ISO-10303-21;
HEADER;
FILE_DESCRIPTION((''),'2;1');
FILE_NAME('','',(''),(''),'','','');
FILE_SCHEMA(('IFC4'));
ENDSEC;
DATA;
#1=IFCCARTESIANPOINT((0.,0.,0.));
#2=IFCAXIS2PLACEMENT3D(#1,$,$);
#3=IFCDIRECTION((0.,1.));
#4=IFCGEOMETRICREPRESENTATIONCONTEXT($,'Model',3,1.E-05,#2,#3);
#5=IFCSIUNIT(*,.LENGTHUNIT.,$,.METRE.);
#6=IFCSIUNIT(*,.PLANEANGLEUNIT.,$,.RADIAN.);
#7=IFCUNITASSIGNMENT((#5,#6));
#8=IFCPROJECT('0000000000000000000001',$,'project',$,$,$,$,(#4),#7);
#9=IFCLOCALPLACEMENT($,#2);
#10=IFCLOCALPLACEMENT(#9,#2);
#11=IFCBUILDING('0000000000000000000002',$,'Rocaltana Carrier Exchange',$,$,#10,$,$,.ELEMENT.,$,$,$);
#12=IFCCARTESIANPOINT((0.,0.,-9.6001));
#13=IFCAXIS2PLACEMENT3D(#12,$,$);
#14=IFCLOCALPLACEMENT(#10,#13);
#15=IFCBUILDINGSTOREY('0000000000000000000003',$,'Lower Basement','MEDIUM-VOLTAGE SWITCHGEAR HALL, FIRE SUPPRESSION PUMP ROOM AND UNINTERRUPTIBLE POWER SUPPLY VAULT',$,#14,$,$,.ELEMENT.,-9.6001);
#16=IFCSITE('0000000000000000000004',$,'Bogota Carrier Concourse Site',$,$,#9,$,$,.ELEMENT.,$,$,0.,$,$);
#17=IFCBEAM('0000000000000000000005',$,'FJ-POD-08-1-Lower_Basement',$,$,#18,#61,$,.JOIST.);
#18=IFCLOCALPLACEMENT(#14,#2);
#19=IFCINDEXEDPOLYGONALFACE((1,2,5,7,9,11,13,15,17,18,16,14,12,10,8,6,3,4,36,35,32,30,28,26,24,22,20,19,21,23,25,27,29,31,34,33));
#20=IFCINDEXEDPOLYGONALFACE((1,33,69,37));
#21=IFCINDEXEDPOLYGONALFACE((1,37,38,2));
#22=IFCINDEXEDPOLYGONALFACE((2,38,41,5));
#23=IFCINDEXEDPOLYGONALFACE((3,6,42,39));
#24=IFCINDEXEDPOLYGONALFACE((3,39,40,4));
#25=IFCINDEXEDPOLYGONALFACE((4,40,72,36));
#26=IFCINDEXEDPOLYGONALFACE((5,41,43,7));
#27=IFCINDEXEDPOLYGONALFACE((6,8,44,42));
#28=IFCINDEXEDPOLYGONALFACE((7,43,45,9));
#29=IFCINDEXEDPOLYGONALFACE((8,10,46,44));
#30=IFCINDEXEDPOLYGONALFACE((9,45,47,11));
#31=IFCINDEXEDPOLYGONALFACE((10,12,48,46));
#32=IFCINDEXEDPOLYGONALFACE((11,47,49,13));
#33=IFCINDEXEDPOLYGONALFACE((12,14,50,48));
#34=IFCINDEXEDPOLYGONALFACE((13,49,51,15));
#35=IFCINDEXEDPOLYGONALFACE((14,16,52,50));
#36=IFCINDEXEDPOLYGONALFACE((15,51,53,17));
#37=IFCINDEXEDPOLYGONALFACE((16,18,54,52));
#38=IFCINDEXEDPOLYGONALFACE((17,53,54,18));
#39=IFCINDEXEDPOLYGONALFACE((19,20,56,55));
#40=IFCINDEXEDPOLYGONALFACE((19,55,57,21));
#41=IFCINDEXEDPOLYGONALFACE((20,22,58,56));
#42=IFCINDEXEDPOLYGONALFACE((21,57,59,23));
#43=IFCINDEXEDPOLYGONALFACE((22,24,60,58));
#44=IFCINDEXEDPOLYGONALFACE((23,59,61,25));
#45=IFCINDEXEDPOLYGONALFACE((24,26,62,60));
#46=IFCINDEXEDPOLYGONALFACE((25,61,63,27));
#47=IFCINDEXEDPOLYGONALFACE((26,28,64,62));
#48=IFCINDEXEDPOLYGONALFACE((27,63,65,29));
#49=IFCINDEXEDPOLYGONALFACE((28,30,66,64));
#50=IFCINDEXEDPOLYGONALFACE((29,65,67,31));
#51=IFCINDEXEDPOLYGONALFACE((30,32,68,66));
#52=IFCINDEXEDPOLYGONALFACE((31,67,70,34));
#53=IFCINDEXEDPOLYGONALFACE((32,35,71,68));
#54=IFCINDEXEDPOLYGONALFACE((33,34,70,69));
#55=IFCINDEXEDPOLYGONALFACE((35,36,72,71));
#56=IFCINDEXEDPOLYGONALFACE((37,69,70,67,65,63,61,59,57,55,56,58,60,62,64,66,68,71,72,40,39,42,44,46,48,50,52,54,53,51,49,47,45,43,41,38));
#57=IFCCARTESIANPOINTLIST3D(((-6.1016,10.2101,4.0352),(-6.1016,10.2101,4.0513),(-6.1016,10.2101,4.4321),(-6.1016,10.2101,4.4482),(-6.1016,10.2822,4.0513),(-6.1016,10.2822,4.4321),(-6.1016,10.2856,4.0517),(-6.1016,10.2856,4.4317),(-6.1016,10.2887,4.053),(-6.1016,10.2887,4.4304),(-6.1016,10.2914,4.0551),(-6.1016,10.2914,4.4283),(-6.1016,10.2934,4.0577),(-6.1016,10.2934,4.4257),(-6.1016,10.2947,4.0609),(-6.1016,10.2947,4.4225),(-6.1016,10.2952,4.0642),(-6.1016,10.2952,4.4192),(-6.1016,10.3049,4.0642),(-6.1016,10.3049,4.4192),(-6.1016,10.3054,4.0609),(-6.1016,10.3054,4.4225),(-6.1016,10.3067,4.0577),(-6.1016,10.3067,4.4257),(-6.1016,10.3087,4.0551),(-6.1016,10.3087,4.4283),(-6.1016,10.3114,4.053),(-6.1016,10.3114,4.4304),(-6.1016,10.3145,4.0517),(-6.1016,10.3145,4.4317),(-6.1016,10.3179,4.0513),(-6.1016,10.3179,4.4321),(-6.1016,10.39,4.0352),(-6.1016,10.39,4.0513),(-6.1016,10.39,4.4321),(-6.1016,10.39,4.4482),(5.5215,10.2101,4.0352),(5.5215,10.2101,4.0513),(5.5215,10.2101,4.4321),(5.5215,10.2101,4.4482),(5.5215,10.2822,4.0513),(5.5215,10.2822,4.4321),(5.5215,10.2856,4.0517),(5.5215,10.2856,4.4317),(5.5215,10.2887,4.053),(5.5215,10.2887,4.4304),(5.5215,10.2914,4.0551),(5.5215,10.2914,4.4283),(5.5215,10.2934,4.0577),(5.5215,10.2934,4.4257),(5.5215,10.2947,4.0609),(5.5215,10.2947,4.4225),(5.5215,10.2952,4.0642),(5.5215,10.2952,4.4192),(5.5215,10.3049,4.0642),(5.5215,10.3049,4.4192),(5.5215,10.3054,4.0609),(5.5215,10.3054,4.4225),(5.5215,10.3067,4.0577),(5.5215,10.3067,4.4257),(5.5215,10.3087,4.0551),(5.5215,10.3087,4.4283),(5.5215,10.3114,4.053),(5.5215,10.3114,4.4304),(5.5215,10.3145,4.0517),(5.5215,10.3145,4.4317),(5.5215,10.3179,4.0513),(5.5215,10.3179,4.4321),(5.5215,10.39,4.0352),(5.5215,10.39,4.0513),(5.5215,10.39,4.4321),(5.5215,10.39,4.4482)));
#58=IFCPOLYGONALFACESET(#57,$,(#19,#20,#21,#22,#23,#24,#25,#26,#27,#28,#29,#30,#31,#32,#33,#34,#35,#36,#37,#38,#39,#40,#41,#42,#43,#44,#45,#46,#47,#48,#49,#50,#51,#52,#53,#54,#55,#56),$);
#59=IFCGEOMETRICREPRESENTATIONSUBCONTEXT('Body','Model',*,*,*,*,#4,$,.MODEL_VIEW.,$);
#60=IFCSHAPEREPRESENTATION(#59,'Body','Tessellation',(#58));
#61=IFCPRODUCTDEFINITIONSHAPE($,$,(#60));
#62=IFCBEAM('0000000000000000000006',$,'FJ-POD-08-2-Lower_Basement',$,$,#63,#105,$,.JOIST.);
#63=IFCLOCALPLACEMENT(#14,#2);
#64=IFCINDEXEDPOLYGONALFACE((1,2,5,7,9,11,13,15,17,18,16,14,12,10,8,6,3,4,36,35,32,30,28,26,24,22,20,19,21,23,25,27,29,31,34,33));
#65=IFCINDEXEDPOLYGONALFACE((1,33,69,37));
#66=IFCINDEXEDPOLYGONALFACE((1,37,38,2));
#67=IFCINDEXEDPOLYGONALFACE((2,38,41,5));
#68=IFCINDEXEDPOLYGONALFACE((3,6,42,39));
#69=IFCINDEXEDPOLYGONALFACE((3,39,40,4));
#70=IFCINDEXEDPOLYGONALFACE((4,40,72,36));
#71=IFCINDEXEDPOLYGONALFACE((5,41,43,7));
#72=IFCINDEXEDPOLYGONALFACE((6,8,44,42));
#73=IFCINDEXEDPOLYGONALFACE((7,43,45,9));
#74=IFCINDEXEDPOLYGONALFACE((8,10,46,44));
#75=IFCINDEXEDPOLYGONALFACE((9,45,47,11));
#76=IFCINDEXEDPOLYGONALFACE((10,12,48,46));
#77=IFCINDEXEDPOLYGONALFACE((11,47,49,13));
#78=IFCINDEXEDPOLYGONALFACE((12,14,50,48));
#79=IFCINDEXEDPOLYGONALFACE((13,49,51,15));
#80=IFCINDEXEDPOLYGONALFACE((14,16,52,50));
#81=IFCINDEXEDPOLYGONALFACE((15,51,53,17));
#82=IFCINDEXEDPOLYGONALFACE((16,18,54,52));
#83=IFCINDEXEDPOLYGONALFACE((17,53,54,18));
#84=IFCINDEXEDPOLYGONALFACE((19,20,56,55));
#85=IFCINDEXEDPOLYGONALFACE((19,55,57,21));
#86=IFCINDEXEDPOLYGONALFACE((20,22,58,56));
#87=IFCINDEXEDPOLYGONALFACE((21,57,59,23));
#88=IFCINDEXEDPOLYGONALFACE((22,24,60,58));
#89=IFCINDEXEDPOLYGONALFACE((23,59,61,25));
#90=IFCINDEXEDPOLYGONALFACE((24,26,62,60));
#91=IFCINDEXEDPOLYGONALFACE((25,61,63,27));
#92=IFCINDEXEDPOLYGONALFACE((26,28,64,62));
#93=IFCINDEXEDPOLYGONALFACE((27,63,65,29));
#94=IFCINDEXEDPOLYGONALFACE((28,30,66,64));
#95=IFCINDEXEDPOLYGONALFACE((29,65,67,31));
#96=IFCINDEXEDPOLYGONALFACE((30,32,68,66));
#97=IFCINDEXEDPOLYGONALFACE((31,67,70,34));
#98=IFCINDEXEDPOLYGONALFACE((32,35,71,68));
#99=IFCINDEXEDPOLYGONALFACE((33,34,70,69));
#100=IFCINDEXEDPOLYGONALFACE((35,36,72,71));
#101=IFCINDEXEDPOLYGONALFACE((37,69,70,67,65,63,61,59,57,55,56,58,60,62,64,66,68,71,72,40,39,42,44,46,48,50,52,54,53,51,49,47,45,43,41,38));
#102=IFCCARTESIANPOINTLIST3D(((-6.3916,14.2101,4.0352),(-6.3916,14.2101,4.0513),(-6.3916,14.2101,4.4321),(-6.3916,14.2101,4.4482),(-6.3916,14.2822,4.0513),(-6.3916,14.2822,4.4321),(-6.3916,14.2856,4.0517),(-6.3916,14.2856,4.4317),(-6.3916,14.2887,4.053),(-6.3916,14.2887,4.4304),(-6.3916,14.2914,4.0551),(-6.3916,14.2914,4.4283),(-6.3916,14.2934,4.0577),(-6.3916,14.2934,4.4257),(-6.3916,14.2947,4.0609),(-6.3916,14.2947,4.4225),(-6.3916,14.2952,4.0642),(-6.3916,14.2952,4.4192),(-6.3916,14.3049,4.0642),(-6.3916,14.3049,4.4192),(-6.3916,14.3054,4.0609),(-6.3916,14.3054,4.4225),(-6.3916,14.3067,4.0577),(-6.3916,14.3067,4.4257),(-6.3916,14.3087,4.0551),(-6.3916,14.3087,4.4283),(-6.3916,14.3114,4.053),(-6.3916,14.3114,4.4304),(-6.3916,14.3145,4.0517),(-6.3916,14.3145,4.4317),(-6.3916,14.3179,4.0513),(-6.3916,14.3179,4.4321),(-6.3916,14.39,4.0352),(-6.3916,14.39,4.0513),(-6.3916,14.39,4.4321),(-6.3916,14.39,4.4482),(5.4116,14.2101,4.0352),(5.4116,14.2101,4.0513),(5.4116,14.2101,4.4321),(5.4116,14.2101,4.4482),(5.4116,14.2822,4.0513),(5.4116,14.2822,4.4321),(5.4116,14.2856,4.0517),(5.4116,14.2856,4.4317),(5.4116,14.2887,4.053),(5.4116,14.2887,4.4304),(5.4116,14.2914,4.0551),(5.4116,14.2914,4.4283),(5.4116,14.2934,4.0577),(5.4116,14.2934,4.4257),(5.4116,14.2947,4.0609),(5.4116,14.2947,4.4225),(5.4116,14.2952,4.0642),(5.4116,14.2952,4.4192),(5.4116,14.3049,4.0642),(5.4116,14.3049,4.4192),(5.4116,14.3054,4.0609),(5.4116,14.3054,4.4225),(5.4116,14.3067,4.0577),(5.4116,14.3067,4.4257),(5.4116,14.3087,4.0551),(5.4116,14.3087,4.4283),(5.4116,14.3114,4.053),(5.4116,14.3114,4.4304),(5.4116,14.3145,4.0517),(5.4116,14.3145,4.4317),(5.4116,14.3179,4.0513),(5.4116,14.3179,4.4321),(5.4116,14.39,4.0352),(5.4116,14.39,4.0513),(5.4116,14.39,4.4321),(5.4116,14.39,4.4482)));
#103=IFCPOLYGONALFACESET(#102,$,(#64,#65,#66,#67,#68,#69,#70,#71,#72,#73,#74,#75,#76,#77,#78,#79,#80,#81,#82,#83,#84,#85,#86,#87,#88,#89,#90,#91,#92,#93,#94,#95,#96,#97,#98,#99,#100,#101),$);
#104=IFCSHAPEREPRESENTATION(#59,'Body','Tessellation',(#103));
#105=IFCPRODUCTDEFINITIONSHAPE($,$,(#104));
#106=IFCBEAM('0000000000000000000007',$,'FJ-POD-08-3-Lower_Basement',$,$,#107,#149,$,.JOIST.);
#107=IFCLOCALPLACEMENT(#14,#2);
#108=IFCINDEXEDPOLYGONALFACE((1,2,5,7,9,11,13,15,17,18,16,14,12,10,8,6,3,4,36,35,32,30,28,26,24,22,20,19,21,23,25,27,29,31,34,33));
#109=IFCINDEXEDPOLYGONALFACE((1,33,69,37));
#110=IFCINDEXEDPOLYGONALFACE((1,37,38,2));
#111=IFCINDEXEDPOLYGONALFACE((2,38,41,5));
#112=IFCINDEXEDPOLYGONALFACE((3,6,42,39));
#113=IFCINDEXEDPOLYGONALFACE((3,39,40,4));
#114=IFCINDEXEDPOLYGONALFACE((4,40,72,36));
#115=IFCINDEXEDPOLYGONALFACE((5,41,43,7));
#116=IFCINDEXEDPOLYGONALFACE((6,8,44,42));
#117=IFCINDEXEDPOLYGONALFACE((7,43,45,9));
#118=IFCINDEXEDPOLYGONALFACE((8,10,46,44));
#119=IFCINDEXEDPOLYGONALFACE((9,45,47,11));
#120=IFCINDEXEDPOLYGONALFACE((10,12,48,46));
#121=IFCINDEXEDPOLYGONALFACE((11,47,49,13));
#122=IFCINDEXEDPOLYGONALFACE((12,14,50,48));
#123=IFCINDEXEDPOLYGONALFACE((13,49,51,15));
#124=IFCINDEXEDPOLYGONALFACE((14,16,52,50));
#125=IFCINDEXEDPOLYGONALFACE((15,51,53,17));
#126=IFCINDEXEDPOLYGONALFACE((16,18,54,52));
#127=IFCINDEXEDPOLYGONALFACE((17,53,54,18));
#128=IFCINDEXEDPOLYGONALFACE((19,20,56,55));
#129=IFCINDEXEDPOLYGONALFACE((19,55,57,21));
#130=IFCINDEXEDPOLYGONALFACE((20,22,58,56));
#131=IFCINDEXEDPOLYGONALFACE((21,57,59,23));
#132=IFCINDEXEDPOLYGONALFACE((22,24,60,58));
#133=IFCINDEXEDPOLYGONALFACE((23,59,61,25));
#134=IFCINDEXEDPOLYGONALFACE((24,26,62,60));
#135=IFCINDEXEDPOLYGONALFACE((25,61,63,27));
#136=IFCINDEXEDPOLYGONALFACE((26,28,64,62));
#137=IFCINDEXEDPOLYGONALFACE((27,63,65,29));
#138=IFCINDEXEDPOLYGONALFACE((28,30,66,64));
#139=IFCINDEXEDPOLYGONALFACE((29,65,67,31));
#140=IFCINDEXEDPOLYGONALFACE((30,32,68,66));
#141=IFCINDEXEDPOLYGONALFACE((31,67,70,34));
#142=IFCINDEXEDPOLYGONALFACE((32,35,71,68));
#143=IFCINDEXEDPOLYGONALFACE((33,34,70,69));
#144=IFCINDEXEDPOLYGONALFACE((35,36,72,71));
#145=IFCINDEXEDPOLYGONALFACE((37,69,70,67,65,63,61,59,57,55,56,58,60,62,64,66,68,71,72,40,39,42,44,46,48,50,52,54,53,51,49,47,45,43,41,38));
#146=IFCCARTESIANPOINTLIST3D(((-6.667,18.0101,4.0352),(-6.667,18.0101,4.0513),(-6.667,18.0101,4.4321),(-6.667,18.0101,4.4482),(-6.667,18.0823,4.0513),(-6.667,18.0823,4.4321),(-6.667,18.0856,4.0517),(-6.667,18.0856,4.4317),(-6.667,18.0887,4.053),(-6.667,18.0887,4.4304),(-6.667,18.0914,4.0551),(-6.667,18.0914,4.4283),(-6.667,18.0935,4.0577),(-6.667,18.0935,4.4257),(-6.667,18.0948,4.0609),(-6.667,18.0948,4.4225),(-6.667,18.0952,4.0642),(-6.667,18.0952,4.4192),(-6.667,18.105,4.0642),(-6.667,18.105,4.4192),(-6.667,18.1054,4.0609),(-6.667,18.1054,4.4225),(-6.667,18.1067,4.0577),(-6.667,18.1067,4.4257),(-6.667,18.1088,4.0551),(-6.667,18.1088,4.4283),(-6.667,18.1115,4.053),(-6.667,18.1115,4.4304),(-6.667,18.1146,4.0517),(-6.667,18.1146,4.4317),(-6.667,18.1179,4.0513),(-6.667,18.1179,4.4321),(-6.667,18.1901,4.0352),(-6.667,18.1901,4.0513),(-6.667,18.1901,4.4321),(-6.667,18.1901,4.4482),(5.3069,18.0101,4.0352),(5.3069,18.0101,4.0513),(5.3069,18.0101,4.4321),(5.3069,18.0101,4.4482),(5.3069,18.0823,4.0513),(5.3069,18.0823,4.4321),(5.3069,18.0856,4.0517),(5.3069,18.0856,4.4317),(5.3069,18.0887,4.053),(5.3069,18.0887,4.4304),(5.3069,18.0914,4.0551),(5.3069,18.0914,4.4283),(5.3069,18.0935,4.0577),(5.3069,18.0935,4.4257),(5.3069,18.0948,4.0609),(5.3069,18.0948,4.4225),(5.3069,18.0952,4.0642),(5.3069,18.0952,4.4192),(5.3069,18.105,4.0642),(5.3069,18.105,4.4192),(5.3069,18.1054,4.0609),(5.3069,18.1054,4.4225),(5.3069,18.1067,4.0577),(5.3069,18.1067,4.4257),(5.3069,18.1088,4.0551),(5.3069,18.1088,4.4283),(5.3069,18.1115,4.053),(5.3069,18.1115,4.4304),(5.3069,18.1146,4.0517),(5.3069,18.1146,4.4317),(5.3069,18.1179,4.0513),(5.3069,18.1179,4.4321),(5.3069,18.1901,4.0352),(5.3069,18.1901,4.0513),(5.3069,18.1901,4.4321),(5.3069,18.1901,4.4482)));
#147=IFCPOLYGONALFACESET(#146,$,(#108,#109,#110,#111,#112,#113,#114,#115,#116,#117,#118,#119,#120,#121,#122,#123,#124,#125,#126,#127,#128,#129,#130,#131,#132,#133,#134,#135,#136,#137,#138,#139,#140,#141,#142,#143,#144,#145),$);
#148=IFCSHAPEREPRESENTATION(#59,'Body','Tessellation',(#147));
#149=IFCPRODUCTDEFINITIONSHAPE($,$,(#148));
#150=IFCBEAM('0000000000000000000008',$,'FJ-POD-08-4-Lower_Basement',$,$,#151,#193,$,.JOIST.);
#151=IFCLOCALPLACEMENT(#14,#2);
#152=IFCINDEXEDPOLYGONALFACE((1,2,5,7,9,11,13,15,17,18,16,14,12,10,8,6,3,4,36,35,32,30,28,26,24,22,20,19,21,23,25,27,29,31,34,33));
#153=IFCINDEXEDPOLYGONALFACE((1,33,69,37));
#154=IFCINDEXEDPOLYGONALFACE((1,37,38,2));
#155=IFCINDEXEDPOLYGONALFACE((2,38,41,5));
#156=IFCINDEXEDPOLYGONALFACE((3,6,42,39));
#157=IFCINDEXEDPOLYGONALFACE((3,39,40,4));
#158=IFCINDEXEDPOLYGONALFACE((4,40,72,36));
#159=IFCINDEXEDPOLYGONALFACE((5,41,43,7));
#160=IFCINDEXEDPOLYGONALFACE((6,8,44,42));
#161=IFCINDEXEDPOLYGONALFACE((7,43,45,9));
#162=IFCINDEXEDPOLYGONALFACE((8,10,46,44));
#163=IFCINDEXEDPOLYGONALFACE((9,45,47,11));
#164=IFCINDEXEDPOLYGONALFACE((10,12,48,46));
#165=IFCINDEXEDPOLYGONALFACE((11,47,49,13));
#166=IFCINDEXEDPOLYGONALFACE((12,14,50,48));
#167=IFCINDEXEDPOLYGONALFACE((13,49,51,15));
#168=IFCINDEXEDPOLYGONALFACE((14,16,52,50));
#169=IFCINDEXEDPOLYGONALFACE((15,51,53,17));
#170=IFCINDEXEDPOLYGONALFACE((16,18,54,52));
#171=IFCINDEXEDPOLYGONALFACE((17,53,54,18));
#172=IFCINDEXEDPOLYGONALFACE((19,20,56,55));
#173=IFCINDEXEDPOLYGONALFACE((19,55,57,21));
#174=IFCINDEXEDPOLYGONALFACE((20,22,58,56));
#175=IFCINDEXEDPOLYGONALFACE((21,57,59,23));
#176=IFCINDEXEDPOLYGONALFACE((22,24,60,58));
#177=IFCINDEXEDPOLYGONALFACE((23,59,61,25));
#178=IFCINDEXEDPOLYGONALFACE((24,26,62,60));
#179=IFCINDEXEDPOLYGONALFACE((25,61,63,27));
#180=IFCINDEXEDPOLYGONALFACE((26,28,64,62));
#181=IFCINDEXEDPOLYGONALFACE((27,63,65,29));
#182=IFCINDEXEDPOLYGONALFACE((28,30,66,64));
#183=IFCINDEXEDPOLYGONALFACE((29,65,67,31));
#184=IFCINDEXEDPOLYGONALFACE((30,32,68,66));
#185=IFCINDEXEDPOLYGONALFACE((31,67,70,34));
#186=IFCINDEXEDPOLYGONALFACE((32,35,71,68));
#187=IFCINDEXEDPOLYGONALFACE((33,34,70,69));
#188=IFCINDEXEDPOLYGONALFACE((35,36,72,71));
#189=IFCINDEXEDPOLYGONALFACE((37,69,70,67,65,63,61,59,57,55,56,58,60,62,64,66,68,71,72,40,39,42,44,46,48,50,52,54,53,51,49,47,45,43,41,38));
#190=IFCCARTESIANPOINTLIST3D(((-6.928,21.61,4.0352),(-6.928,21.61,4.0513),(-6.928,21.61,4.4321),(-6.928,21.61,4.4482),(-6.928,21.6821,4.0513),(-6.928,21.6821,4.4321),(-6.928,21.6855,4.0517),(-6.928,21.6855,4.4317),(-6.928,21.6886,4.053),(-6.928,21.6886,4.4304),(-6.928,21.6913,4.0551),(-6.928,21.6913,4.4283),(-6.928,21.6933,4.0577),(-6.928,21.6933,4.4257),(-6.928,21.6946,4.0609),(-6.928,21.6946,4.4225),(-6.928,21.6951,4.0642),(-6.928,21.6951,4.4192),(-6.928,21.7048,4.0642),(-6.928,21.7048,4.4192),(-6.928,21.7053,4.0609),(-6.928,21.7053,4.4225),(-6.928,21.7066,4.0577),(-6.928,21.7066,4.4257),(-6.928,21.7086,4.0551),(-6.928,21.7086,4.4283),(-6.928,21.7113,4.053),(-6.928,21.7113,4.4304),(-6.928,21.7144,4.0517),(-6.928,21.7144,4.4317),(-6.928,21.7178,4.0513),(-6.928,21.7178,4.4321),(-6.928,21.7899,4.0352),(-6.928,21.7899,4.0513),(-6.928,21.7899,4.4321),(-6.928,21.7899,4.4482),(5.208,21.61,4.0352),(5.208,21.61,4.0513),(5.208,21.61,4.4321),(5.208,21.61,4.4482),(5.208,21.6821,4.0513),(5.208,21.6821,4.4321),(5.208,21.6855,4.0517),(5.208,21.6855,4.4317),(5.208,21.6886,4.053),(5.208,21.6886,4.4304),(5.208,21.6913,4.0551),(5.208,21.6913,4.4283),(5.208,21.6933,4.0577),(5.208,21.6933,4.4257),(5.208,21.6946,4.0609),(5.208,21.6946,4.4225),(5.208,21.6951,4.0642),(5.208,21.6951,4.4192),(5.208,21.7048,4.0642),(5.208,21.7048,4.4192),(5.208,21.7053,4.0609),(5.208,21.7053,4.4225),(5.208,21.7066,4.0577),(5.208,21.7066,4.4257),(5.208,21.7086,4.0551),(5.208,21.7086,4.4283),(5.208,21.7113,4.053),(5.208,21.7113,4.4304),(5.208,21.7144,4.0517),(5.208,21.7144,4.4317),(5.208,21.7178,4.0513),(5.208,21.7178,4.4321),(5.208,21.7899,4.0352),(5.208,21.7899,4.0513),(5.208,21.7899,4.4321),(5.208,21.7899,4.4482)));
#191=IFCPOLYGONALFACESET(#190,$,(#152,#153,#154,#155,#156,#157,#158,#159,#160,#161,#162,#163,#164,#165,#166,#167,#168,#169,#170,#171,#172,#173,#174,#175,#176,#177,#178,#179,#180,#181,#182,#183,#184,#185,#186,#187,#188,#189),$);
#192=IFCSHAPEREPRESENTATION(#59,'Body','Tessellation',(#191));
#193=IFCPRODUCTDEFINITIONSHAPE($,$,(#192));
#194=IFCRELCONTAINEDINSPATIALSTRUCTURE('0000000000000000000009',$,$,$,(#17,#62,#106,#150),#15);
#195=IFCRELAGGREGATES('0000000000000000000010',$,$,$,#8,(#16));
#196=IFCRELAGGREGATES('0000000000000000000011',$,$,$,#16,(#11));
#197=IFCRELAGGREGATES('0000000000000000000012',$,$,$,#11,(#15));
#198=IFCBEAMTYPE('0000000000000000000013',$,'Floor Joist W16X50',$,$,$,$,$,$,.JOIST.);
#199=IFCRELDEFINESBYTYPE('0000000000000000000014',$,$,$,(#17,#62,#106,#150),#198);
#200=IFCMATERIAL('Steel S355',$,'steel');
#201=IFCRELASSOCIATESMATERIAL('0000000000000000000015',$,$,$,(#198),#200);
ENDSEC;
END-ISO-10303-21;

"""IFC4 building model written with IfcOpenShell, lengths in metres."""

from ifc_helpers import new_model, si_unit, direction, frame, origin, origin_2d, place, context, subcontext, project, spatial, i_section, extrude, material, material_profile, profile_set, type_object, element, save


model = new_model("IFC4")

# Units and contexts
model_context = context("Model", 3, precision=1e-05, world=origin(), true_north=direction((0.0, 1.0)))
body_context = subcontext(model_context, "Body", "Model", "MODEL_VIEW")
ifc_project = project(units=[si_unit("LENGTHUNIT", "METRE"), si_unit("PLANEANGLEUNIT", "RADIAN")], contexts=[model_context])

# Site, building, storey
site_placement = place(None, origin())
site = spatial("IfcSite", under=ifc_project, at=site_placement, Name="Bogota Carrier Concourse Site", CompositionType="ELEMENT", RefElevation=0.0)
building_placement = place(site_placement, origin())
building = spatial("IfcBuilding", under=site, at=building_placement, Name="Rocaltana Carrier Exchange", CompositionType="ELEMENT")
storey_placement = place(building_placement, frame((0.0, 0.0, -9.6001)))
storey = spatial("IfcBuildingStorey", under=building, at=storey_placement, Name="Lower Basement", Description="MEDIUM-VOLTAGE SWITCHGEAR HALL, FIRE SUPPRESSION PUMP ROOM AND UNINTERRUPTIBLE POWER SUPPLY VAULT", CompositionType="ELEMENT", Elevation=-9.6001)

# Beams
ifc_material_1 = material(Name="Steel S355", Category="steel")
ifc_material_profile_1 = material_profile(ifc_material_1, i_section(OverallWidth=0.1799, OverallDepth=0.4131, WebThickness=0.0098, FlangeThickness=0.0161, FilletRadius=0.0129, at=origin_2d()), Name="W16X50")
ifc_profile_set_1 = profile_set([ifc_material_profile_1], Name="Steel S355")
beam_type_1 = type_object("IfcBeamType", Name="Floor Joist W16X50", PredefinedType="JOIST", material=ifc_profile_set_1)
beam_1_placement = place(storey_placement, frame((5.5215, 10.3, 4.2417), z_axis=(-1.0, 0.0, 0.0), x_axis=(0.0, -1.0, 0.0)))
element("IfcBeam", 1, at=beam_1_placement, inside=storey, type_object=beam_type_1, Name="FJ-POD-08-1-Lower_Basement", PredefinedType="JOIST", context=body_context, shape_type="SweptSolid", body=[
    extrude(i_section(OverallWidth=0.1799, OverallDepth=0.4131, WebThickness=0.0098, FlangeThickness=0.0161, FilletRadius=0.0129, at=origin_2d()), origin(), (0.0, 0.0, 1.0), 11.623),
])
beam_2_placement = place(storey_placement, frame((5.4116, 14.3, 4.2417), z_axis=(-1.0, 0.0, 0.0), x_axis=(0.0, -1.0, 0.0)))
element("IfcBeam", 2, at=beam_2_placement, inside=storey, type_object=beam_type_1, Name="FJ-POD-08-2-Lower_Basement", PredefinedType="JOIST", context=body_context, shape_type="SweptSolid", body=[
    extrude(i_section(OverallWidth=0.1799, OverallDepth=0.4131, WebThickness=0.0098, FlangeThickness=0.0161, FilletRadius=0.0129, at=origin_2d()), origin(), (0.0, 0.0, 1.0), 11.8032),
])
beam_3_placement = place(storey_placement, frame((5.3069, 18.1001, 4.2417), z_axis=(-1.0, 0.0, 0.0), x_axis=(0.0, -1.0, 0.0)))
element("IfcBeam", 3, at=beam_3_placement, inside=storey, type_object=beam_type_1, Name="FJ-POD-08-3-Lower_Basement", PredefinedType="JOIST", context=body_context, shape_type="SweptSolid", body=[
    extrude(i_section(OverallWidth=0.1799, OverallDepth=0.4131, WebThickness=0.0098, FlangeThickness=0.0161, FilletRadius=0.0129, at=origin_2d()), origin(), (0.0, 0.0, 1.0), 11.9739),
])
beam_4_placement = place(storey_placement, frame((5.208, 21.7, 4.2417), z_axis=(-1.0, 0.0, 0.0), x_axis=(0.0, -1.0, 0.0)))
element("IfcBeam", 4, at=beam_4_placement, inside=storey, type_object=beam_type_1, Name="FJ-POD-08-4-Lower_Basement", PredefinedType="JOIST", context=body_context, shape_type="SweptSolid", body=[
    extrude(i_section(OverallWidth=0.1799, OverallDepth=0.4131, WebThickness=0.0098, FlangeThickness=0.0161, FilletRadius=0.0129, at=origin_2d()), origin(), (0.0, 0.0, 1.0), 12.136),
])

save(model, "model.ifc")
